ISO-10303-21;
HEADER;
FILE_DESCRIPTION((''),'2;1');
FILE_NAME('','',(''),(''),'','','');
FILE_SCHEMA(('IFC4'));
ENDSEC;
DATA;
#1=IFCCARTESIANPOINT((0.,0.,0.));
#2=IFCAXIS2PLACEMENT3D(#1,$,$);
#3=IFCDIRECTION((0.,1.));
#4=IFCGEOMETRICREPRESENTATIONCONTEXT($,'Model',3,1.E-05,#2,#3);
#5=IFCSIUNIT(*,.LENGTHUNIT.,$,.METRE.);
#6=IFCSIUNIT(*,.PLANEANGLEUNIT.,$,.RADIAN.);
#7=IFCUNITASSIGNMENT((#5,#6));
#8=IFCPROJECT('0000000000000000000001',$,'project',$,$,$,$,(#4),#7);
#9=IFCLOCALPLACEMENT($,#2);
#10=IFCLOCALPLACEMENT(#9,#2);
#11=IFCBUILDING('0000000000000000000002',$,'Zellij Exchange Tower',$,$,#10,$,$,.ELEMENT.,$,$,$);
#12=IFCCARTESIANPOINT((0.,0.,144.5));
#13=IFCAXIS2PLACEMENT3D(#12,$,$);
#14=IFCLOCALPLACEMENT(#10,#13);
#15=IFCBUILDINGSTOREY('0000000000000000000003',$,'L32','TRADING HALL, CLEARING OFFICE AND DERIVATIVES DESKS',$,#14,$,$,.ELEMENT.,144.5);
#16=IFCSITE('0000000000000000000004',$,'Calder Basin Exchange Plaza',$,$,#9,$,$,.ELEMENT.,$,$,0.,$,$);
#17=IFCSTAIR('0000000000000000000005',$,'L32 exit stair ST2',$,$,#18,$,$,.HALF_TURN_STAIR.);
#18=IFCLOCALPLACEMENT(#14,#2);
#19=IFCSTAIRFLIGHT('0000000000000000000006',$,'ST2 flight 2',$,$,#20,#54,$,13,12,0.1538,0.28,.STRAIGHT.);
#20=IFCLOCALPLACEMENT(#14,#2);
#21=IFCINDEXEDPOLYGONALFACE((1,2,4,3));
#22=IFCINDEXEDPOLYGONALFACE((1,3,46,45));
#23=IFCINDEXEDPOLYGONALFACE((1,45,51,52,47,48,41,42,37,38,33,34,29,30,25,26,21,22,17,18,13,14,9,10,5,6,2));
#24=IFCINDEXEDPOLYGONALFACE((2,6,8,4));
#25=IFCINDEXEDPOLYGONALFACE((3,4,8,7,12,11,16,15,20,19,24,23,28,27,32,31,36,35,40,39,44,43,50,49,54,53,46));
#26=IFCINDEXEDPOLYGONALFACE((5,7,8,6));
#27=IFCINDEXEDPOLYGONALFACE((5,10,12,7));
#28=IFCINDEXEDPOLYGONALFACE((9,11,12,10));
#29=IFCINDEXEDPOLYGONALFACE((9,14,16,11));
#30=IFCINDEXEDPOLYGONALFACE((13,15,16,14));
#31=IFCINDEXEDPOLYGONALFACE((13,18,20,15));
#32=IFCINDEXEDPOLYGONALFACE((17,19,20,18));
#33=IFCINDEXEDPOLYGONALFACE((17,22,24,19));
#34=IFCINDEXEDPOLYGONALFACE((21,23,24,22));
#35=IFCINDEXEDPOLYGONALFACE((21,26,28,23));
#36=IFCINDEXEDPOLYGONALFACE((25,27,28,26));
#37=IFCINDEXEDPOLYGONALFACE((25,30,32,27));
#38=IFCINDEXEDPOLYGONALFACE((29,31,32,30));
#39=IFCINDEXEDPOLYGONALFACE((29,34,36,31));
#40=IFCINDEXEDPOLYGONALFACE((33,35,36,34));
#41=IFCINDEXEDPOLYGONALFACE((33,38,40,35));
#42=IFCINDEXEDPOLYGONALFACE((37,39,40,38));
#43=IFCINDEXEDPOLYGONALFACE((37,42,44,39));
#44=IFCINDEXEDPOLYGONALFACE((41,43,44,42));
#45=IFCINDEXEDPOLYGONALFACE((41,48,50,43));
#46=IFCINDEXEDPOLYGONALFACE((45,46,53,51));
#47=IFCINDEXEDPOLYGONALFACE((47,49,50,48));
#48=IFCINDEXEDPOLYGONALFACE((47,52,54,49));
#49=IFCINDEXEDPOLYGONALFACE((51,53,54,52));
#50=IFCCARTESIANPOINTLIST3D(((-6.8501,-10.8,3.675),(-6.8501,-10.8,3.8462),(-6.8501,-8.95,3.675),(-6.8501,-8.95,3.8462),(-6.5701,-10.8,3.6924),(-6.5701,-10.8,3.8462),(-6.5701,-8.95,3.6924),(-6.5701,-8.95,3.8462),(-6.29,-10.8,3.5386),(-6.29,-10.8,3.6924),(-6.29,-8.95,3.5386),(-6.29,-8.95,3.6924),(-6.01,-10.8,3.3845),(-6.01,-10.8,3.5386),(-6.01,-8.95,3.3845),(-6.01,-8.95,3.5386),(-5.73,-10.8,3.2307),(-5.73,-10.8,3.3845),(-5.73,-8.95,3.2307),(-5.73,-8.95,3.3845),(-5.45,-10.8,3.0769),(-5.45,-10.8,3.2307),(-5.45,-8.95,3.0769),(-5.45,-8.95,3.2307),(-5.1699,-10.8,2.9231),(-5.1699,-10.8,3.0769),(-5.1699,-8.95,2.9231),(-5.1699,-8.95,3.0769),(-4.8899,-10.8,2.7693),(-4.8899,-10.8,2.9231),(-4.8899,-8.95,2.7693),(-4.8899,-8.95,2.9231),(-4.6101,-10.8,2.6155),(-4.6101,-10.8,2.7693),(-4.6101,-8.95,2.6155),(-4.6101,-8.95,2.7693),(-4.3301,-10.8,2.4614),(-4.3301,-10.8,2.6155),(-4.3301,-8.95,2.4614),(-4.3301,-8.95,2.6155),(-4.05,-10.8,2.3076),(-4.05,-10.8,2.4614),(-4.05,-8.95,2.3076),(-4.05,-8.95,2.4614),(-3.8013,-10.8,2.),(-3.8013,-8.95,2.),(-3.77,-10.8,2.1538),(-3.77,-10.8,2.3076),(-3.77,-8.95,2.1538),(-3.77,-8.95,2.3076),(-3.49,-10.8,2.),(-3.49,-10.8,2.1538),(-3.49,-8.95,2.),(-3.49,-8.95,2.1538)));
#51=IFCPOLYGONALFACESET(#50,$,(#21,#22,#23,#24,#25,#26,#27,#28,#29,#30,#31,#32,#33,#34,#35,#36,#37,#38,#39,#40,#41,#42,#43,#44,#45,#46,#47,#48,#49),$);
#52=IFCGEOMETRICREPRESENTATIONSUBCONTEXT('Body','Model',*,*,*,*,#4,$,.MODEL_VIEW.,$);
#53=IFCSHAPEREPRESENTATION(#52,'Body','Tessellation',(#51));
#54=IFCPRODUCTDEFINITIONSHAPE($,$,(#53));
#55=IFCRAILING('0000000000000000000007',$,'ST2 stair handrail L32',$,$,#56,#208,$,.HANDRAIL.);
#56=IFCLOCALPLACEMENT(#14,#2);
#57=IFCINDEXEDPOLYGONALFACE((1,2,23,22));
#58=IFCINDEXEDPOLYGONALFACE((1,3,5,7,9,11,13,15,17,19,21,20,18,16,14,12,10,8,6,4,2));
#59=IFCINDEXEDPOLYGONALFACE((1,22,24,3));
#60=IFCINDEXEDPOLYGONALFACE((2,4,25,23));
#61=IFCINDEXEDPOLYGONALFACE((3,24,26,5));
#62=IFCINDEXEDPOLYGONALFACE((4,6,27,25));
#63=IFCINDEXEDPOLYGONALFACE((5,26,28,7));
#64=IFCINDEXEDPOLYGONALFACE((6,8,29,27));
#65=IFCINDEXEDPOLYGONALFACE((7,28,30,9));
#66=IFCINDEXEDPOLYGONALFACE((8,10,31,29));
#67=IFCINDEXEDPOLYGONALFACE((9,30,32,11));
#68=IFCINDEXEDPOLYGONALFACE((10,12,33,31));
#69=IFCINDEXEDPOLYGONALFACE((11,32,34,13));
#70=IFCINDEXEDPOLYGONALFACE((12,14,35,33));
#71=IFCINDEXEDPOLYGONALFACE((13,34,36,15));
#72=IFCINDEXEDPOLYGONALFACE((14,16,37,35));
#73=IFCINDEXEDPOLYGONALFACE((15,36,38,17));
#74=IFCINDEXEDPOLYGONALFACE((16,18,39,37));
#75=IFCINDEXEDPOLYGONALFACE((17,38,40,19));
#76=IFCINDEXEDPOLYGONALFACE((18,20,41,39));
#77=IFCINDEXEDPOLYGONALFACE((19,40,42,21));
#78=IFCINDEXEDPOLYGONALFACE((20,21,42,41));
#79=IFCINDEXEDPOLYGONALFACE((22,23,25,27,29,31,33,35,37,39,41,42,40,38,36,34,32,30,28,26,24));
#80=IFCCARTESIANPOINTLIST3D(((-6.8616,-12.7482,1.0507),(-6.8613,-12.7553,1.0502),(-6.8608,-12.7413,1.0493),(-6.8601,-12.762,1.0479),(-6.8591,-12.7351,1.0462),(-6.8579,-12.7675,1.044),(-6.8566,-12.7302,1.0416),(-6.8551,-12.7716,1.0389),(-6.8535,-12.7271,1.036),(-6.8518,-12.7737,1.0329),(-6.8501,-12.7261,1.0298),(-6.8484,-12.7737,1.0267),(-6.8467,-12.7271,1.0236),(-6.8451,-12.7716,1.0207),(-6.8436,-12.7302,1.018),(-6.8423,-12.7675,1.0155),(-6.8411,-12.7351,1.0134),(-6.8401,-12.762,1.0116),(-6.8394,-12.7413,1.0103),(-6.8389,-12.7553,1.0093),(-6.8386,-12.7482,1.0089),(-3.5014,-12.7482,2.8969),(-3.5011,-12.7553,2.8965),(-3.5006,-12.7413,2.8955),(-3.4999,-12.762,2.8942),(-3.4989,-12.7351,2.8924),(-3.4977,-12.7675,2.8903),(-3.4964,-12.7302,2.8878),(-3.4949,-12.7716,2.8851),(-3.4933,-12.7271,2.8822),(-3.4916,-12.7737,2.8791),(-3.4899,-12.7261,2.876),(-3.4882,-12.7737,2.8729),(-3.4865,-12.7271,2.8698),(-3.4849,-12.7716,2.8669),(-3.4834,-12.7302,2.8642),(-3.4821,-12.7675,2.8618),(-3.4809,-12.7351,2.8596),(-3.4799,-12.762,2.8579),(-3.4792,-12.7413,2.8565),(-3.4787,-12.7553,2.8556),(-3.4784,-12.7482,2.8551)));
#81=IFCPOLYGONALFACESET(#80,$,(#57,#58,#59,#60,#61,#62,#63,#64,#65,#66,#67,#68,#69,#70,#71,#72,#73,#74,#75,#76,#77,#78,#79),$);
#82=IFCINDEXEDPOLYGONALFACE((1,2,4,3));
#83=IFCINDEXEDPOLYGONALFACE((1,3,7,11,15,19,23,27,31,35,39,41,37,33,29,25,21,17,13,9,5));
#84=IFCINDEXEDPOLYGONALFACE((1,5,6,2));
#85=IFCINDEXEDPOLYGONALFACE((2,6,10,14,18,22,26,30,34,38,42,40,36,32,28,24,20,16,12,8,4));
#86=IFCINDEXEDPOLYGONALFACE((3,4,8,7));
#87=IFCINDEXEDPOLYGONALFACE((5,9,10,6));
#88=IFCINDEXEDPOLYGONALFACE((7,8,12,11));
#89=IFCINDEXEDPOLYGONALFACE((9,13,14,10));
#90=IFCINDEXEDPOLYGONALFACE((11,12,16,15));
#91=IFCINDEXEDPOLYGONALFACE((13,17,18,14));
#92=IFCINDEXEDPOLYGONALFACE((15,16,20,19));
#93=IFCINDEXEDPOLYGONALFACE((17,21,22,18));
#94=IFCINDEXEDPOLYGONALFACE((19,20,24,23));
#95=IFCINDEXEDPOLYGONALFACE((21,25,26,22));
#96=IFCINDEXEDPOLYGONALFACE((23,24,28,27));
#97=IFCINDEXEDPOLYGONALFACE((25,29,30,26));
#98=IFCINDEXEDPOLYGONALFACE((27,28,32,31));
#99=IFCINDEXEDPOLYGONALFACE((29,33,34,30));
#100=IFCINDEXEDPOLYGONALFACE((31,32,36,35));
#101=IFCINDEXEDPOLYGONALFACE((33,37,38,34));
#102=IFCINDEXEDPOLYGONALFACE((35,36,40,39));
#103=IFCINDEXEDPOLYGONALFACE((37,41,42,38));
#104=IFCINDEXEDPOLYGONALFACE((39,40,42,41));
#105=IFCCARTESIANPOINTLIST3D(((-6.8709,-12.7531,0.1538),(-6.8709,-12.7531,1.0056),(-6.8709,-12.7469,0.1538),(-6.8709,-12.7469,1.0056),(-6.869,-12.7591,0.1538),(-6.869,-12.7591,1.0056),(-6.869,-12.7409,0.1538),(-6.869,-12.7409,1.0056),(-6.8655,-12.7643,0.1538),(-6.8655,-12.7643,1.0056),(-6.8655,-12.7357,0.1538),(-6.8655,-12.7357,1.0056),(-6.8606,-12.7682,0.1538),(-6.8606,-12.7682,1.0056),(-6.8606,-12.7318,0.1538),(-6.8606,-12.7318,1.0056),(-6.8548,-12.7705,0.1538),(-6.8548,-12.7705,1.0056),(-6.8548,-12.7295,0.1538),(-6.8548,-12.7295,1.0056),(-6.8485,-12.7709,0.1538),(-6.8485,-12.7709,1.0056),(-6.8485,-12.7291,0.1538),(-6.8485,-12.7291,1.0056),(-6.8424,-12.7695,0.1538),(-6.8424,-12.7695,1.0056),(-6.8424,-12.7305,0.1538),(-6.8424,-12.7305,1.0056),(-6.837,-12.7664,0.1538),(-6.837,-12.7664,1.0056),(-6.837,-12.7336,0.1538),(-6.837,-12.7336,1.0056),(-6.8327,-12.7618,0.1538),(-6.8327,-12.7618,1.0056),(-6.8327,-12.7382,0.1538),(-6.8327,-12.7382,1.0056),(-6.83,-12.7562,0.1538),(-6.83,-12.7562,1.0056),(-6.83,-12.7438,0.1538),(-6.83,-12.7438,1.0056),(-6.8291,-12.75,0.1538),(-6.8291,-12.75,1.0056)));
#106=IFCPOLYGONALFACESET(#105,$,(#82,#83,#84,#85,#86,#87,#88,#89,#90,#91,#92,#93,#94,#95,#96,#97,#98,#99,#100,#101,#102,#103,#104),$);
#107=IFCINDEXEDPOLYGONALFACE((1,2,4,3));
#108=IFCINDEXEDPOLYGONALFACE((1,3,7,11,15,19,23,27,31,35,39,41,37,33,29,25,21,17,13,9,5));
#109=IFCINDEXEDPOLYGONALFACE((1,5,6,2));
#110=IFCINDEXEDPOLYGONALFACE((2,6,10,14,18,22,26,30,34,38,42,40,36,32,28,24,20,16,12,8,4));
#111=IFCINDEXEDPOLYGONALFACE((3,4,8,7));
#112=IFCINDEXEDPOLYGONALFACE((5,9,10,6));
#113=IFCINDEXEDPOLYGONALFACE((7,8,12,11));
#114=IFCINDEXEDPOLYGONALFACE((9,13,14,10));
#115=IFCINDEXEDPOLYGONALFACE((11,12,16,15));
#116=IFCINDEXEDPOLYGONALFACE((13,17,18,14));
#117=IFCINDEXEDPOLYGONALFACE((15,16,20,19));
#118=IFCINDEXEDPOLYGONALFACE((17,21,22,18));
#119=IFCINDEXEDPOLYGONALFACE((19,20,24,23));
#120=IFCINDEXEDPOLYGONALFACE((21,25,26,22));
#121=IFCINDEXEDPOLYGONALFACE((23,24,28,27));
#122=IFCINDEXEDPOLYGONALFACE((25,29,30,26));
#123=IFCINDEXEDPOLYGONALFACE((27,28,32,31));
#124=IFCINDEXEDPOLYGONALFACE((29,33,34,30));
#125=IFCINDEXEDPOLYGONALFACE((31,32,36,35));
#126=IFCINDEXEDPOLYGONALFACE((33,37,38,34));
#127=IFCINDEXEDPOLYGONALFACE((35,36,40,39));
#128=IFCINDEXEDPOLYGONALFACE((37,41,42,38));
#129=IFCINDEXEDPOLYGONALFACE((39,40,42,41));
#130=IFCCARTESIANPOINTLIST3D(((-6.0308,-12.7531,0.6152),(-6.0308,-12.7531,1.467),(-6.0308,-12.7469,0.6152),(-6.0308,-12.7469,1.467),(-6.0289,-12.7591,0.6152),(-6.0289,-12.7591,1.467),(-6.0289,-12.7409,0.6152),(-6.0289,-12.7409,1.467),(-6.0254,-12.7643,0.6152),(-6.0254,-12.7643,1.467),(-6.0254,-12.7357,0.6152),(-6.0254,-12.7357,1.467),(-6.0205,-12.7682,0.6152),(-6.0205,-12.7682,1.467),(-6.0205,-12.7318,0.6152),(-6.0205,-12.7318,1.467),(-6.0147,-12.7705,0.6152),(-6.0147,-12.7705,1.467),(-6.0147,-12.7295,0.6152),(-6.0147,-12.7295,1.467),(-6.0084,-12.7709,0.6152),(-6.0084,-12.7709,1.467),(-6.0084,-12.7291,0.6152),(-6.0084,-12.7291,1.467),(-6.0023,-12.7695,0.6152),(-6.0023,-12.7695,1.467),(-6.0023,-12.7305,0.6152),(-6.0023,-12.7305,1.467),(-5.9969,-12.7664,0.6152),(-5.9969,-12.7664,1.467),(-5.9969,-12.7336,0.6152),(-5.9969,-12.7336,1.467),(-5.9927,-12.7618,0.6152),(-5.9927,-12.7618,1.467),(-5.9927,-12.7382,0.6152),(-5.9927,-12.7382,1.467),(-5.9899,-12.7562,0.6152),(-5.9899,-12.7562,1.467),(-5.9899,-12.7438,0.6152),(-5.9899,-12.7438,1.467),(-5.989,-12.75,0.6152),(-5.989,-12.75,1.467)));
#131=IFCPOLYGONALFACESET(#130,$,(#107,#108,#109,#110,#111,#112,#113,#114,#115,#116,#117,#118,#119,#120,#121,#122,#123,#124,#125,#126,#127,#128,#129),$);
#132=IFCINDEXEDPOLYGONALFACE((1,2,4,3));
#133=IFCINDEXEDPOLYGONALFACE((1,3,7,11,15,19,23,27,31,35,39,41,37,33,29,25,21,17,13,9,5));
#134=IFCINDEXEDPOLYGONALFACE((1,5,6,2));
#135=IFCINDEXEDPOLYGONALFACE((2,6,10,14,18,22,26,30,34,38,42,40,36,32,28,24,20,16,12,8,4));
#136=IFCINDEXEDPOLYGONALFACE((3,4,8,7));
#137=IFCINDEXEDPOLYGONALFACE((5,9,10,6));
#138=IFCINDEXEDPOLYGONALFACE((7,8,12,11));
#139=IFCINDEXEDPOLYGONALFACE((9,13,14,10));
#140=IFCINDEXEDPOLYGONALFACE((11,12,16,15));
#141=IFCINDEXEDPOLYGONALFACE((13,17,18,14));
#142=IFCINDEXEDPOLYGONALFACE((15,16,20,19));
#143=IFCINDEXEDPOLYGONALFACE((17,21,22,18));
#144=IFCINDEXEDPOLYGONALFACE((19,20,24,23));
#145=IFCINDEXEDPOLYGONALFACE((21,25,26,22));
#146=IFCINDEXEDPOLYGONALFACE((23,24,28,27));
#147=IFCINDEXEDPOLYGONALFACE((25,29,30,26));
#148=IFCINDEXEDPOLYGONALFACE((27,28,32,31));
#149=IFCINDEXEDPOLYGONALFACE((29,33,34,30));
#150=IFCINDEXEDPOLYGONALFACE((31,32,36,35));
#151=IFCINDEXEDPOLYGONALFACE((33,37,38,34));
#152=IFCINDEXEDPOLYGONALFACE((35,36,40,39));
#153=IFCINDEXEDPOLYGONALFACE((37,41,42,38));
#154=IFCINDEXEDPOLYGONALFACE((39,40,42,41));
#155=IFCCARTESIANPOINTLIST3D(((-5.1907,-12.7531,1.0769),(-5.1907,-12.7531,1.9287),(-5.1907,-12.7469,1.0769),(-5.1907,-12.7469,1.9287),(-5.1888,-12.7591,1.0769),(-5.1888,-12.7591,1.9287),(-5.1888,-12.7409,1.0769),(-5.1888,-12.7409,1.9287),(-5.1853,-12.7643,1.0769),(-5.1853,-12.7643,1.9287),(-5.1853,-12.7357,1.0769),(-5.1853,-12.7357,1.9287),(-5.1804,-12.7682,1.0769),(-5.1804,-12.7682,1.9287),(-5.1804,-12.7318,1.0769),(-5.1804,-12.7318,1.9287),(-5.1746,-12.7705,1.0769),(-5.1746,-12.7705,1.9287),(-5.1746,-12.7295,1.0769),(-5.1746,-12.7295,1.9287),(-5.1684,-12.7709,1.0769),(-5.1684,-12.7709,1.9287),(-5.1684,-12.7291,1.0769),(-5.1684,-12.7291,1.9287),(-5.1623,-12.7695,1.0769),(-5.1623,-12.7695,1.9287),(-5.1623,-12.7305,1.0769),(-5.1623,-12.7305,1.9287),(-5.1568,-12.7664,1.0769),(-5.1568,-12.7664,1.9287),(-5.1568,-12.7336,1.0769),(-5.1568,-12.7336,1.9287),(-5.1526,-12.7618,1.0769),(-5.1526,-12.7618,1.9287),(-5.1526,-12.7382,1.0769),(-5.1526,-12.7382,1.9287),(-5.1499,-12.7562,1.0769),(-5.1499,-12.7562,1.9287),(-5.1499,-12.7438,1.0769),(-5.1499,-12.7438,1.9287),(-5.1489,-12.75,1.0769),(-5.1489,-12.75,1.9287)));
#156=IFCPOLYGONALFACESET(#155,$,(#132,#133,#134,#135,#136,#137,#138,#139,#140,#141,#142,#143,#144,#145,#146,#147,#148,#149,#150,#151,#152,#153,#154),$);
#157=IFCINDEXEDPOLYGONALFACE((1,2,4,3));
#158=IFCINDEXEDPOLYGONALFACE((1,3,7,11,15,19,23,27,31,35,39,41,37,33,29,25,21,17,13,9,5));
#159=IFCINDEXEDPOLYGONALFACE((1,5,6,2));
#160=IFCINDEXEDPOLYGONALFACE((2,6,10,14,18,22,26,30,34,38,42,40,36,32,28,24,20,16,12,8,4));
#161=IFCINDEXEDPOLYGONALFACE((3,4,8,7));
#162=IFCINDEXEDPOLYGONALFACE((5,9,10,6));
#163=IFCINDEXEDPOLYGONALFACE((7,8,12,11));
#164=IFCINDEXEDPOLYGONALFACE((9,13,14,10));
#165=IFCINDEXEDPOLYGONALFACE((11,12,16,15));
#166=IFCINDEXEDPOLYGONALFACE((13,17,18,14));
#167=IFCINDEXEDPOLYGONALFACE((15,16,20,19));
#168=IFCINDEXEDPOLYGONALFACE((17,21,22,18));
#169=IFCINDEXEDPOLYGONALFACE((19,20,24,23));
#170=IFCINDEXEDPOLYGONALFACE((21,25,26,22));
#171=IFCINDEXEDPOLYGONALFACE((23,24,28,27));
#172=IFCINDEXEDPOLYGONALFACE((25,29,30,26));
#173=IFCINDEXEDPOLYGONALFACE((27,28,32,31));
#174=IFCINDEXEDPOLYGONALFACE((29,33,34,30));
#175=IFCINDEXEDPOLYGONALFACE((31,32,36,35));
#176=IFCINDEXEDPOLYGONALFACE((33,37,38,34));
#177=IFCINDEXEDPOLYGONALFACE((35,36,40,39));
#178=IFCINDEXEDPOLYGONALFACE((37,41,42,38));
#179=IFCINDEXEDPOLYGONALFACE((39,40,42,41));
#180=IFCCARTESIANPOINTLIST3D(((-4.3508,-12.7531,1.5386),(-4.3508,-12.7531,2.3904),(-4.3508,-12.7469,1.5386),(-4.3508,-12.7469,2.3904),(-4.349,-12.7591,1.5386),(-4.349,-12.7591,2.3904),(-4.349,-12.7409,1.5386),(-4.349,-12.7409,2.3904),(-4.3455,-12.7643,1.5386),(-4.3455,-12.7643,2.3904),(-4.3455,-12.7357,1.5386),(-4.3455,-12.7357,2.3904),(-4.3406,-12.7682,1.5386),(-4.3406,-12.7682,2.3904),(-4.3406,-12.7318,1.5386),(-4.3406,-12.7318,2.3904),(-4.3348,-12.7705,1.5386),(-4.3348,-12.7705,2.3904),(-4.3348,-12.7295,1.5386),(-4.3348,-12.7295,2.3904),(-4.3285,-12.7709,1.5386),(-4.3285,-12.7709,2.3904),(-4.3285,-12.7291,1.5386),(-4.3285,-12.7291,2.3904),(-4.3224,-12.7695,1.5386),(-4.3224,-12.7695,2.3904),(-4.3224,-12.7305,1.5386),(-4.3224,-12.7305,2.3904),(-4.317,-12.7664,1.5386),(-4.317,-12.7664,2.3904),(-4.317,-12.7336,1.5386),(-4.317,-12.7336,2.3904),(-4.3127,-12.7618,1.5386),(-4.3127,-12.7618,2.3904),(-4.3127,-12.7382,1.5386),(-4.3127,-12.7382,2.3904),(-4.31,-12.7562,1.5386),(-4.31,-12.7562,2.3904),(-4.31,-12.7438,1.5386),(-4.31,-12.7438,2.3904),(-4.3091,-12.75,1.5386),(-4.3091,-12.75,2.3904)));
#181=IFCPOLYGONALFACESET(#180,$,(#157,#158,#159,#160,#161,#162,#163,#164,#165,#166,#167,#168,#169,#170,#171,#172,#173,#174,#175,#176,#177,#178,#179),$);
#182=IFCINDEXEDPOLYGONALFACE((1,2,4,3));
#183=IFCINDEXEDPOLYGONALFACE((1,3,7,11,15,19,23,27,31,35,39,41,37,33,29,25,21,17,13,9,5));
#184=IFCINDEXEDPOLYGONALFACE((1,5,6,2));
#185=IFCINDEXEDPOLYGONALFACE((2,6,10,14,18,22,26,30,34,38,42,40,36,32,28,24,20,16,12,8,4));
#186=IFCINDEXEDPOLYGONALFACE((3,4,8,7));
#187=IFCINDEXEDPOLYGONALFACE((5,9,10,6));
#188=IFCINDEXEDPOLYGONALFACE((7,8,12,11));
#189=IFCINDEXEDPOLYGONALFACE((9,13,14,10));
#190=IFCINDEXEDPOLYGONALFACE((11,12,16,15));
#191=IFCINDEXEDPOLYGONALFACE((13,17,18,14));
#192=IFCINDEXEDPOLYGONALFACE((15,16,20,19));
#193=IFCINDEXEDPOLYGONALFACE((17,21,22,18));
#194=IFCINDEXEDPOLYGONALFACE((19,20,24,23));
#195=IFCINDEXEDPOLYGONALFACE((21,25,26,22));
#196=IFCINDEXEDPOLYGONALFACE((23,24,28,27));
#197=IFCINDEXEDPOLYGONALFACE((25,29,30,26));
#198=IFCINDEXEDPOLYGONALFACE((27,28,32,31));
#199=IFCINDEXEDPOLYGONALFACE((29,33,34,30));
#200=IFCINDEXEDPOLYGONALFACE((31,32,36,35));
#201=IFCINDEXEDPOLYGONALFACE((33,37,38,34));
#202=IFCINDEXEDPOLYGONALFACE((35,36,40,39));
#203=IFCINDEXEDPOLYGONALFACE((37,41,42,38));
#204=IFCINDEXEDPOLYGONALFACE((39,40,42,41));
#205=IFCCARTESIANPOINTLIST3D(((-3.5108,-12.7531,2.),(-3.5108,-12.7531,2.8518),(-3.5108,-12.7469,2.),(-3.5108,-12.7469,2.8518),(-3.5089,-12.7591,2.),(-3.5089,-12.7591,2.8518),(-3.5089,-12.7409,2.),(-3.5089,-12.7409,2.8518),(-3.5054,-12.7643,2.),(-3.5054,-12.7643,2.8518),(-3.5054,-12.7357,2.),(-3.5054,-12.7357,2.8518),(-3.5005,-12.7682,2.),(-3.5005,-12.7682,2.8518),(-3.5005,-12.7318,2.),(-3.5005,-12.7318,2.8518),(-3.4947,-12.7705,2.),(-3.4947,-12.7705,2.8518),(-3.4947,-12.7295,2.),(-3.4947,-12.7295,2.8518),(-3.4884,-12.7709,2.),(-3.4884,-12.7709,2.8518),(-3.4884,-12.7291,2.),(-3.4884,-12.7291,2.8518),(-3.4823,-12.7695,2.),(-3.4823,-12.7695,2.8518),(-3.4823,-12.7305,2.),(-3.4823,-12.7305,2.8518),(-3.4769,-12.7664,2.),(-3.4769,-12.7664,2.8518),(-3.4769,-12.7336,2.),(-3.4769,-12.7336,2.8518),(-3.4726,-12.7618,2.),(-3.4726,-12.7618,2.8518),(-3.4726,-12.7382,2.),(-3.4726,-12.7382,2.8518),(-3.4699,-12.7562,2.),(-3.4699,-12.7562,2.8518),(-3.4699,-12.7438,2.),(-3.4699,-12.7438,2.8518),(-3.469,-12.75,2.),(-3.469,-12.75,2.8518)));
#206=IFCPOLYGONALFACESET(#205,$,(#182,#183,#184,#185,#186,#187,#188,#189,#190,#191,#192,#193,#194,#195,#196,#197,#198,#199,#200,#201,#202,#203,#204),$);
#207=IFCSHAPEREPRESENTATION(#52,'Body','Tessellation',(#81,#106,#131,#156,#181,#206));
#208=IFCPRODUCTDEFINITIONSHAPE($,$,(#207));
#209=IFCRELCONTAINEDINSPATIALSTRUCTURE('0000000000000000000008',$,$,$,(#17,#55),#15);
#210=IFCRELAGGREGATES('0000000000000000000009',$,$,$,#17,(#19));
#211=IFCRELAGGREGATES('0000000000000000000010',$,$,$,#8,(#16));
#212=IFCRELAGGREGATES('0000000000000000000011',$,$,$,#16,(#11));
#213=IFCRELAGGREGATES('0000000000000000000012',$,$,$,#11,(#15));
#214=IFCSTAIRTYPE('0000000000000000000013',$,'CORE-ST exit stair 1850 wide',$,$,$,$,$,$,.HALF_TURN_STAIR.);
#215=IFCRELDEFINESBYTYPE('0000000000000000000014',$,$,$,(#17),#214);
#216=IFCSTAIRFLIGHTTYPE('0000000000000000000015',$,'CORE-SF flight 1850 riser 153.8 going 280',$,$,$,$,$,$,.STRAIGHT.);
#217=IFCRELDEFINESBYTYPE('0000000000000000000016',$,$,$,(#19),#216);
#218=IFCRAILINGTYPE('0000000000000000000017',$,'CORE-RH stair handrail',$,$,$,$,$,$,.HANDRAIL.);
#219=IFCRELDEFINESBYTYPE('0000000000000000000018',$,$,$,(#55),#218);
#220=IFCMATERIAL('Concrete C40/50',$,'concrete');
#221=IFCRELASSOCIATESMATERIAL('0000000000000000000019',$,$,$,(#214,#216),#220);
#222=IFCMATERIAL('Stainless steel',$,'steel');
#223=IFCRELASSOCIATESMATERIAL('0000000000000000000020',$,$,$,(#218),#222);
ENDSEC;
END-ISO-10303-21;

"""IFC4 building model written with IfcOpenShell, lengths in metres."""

from ifc_helpers import new_model, si_unit, direction, frame, origin, origin_2d, place, context, subcontext, project, spatial, polyline, circle, outline, extrude, material, type_object, element, aggregate, save


model = new_model("IFC4")

# Units and contexts
model_context = context("Model", 3, precision=1e-05, world=origin(), true_north=direction((0.0, 1.0)))
body_context = subcontext(model_context, "Body", "Model", "MODEL_VIEW")
ifc_project = project(units=[si_unit("LENGTHUNIT", "METRE"), si_unit("PLANEANGLEUNIT", "RADIAN")], contexts=[model_context])

# Site, building, storey
site_placement = place(None, origin())
site = spatial("IfcSite", under=ifc_project, at=site_placement, Name="Calder Basin Exchange Plaza", CompositionType="ELEMENT", RefElevation=0.0)
building_placement = place(site_placement, origin())
building = spatial("IfcBuilding", under=site, at=building_placement, Name="Zellij Exchange Tower", CompositionType="ELEMENT")
storey_placement = place(building_placement, frame((0.0, 0.0, 144.5)))
storey = spatial("IfcBuildingStorey", under=building, at=storey_placement, Name="L32", Description="TRADING HALL, CLEARING OFFICE AND DERIVATIVES DESKS", CompositionType="ELEMENT", Elevation=144.5)

# Stair, stair flight
ifc_material_1 = material(Name="Concrete C40/50", Category="concrete")
stair_type = type_object("IfcStairType", Name="CORE-ST exit stair 1850 wide", PredefinedType="HALF_TURN_STAIR", material=ifc_material_1)
stair_placement = place(storey_placement, origin())
stair = element("IfcStair", 1, at=stair_placement, inside=storey, type_object=stair_type, Name="L32 exit stair ST2", PredefinedType="HALF_TURN_STAIR")
stair_flight_type = type_object("IfcStairFlightType", Name="CORE-SF flight 1850 riser 153.8 going 280", PredefinedType="STRAIGHT", material=ifc_material_1)
stair_flight_1_placement = place(storey_placement, frame((-3.49, -9.875, 2.0), z_axis=(0.0, 0.0, 1.0), x_axis=(-1.0, 0.0, 0.0)))
stair_flight_1 = element("IfcStairFlight", 2, at=stair_flight_1_placement, type_object=stair_flight_type, Name="ST2 flight 2", NumberOfRisers=13, NumberOfTreads=12, PredefinedType="STRAIGHT", RiserHeight=0.1538, TreadLength=0.28, context=body_context, shape_type="SweptSolid", body=[
    extrude(outline(polyline([(0.0, 0.0), (0.0, 0.1538), (0.28, 0.1538), (0.28, 0.3076), (0.5601, 0.3076), (0.5601, 0.4614), (0.8401, 0.4614), (0.8401, 0.6155), (1.1201, 0.6155), (1.1201, 0.7693), (1.3999, 0.7693), (1.3999, 0.9231), (1.6799, 0.9231), (1.6799, 1.0769), (1.96, 1.0769), (1.96, 1.2307), (2.24, 1.2307), (2.24, 1.3845), (2.52, 1.3845), (2.52, 1.5386), (2.8, 1.5386), (2.8, 1.6924), (3.0801, 1.6924), (3.0801, 1.8462), (3.3601, 1.8462), (3.3601, 2.0), (3.3601, 1.675), (0.3113, 0.0), (0.0, 0.0)])), frame((0.0, 0.925, 0.0), z_axis=(0.0, -1.0, 0.0), x_axis=(1.0, 0.0, 0.0)), (0.0, 0.0, 1.0), 1.8501),
])
aggregate(stair, [stair_flight_1])

# Railing
ifc_material_2 = material(Name="Stainless steel", Category="steel")
railing_type_1 = type_object("IfcRailingType", Name="CORE-RH stair handrail", PredefinedType="HANDRAIL", material=ifc_material_2)
railing_1_placement = place(storey_placement, frame((-6.8501, -12.75, 0.1538)))
element("IfcRailing", 3, at=railing_1_placement, inside=storey, type_object=railing_type_1, Name="ST2 stair handrail L32", PredefinedType="HANDRAIL", context=body_context, shape_type="SweptSolid", body=[
    extrude(circle(Radius=0.0239, at=origin_2d()), frame((0.0, 0.0, 0.876), z_axis=(0.876422, 0.0, 0.481545), x_axis=(0.0, 1.0, 0.0)), (0.0, 0.0, 1.0), 3.834),
    extrude(circle(Radius=0.021, at=origin_2d()), origin(), (0.0, 0.0, 1.0), 0.8518),
    extrude(circle(Radius=0.021, at=origin_2d()), frame((0.8401, 0.0, 0.4614)), (0.0, 0.0, 1.0), 0.8518),
    extrude(circle(Radius=0.021, at=origin_2d()), frame((1.6802, 0.0, 0.9231)), (0.0, 0.0, 1.0), 0.8518),
    extrude(circle(Radius=0.021, at=origin_2d()), frame((2.52, 0.0, 1.3848)), (0.0, 0.0, 1.0), 0.8518),
    extrude(circle(Radius=0.021, at=origin_2d()), frame((3.3601, 0.0, 1.8462)), (0.0, 0.0, 1.0), 0.8518),
])

save(model, "model.ifc")
